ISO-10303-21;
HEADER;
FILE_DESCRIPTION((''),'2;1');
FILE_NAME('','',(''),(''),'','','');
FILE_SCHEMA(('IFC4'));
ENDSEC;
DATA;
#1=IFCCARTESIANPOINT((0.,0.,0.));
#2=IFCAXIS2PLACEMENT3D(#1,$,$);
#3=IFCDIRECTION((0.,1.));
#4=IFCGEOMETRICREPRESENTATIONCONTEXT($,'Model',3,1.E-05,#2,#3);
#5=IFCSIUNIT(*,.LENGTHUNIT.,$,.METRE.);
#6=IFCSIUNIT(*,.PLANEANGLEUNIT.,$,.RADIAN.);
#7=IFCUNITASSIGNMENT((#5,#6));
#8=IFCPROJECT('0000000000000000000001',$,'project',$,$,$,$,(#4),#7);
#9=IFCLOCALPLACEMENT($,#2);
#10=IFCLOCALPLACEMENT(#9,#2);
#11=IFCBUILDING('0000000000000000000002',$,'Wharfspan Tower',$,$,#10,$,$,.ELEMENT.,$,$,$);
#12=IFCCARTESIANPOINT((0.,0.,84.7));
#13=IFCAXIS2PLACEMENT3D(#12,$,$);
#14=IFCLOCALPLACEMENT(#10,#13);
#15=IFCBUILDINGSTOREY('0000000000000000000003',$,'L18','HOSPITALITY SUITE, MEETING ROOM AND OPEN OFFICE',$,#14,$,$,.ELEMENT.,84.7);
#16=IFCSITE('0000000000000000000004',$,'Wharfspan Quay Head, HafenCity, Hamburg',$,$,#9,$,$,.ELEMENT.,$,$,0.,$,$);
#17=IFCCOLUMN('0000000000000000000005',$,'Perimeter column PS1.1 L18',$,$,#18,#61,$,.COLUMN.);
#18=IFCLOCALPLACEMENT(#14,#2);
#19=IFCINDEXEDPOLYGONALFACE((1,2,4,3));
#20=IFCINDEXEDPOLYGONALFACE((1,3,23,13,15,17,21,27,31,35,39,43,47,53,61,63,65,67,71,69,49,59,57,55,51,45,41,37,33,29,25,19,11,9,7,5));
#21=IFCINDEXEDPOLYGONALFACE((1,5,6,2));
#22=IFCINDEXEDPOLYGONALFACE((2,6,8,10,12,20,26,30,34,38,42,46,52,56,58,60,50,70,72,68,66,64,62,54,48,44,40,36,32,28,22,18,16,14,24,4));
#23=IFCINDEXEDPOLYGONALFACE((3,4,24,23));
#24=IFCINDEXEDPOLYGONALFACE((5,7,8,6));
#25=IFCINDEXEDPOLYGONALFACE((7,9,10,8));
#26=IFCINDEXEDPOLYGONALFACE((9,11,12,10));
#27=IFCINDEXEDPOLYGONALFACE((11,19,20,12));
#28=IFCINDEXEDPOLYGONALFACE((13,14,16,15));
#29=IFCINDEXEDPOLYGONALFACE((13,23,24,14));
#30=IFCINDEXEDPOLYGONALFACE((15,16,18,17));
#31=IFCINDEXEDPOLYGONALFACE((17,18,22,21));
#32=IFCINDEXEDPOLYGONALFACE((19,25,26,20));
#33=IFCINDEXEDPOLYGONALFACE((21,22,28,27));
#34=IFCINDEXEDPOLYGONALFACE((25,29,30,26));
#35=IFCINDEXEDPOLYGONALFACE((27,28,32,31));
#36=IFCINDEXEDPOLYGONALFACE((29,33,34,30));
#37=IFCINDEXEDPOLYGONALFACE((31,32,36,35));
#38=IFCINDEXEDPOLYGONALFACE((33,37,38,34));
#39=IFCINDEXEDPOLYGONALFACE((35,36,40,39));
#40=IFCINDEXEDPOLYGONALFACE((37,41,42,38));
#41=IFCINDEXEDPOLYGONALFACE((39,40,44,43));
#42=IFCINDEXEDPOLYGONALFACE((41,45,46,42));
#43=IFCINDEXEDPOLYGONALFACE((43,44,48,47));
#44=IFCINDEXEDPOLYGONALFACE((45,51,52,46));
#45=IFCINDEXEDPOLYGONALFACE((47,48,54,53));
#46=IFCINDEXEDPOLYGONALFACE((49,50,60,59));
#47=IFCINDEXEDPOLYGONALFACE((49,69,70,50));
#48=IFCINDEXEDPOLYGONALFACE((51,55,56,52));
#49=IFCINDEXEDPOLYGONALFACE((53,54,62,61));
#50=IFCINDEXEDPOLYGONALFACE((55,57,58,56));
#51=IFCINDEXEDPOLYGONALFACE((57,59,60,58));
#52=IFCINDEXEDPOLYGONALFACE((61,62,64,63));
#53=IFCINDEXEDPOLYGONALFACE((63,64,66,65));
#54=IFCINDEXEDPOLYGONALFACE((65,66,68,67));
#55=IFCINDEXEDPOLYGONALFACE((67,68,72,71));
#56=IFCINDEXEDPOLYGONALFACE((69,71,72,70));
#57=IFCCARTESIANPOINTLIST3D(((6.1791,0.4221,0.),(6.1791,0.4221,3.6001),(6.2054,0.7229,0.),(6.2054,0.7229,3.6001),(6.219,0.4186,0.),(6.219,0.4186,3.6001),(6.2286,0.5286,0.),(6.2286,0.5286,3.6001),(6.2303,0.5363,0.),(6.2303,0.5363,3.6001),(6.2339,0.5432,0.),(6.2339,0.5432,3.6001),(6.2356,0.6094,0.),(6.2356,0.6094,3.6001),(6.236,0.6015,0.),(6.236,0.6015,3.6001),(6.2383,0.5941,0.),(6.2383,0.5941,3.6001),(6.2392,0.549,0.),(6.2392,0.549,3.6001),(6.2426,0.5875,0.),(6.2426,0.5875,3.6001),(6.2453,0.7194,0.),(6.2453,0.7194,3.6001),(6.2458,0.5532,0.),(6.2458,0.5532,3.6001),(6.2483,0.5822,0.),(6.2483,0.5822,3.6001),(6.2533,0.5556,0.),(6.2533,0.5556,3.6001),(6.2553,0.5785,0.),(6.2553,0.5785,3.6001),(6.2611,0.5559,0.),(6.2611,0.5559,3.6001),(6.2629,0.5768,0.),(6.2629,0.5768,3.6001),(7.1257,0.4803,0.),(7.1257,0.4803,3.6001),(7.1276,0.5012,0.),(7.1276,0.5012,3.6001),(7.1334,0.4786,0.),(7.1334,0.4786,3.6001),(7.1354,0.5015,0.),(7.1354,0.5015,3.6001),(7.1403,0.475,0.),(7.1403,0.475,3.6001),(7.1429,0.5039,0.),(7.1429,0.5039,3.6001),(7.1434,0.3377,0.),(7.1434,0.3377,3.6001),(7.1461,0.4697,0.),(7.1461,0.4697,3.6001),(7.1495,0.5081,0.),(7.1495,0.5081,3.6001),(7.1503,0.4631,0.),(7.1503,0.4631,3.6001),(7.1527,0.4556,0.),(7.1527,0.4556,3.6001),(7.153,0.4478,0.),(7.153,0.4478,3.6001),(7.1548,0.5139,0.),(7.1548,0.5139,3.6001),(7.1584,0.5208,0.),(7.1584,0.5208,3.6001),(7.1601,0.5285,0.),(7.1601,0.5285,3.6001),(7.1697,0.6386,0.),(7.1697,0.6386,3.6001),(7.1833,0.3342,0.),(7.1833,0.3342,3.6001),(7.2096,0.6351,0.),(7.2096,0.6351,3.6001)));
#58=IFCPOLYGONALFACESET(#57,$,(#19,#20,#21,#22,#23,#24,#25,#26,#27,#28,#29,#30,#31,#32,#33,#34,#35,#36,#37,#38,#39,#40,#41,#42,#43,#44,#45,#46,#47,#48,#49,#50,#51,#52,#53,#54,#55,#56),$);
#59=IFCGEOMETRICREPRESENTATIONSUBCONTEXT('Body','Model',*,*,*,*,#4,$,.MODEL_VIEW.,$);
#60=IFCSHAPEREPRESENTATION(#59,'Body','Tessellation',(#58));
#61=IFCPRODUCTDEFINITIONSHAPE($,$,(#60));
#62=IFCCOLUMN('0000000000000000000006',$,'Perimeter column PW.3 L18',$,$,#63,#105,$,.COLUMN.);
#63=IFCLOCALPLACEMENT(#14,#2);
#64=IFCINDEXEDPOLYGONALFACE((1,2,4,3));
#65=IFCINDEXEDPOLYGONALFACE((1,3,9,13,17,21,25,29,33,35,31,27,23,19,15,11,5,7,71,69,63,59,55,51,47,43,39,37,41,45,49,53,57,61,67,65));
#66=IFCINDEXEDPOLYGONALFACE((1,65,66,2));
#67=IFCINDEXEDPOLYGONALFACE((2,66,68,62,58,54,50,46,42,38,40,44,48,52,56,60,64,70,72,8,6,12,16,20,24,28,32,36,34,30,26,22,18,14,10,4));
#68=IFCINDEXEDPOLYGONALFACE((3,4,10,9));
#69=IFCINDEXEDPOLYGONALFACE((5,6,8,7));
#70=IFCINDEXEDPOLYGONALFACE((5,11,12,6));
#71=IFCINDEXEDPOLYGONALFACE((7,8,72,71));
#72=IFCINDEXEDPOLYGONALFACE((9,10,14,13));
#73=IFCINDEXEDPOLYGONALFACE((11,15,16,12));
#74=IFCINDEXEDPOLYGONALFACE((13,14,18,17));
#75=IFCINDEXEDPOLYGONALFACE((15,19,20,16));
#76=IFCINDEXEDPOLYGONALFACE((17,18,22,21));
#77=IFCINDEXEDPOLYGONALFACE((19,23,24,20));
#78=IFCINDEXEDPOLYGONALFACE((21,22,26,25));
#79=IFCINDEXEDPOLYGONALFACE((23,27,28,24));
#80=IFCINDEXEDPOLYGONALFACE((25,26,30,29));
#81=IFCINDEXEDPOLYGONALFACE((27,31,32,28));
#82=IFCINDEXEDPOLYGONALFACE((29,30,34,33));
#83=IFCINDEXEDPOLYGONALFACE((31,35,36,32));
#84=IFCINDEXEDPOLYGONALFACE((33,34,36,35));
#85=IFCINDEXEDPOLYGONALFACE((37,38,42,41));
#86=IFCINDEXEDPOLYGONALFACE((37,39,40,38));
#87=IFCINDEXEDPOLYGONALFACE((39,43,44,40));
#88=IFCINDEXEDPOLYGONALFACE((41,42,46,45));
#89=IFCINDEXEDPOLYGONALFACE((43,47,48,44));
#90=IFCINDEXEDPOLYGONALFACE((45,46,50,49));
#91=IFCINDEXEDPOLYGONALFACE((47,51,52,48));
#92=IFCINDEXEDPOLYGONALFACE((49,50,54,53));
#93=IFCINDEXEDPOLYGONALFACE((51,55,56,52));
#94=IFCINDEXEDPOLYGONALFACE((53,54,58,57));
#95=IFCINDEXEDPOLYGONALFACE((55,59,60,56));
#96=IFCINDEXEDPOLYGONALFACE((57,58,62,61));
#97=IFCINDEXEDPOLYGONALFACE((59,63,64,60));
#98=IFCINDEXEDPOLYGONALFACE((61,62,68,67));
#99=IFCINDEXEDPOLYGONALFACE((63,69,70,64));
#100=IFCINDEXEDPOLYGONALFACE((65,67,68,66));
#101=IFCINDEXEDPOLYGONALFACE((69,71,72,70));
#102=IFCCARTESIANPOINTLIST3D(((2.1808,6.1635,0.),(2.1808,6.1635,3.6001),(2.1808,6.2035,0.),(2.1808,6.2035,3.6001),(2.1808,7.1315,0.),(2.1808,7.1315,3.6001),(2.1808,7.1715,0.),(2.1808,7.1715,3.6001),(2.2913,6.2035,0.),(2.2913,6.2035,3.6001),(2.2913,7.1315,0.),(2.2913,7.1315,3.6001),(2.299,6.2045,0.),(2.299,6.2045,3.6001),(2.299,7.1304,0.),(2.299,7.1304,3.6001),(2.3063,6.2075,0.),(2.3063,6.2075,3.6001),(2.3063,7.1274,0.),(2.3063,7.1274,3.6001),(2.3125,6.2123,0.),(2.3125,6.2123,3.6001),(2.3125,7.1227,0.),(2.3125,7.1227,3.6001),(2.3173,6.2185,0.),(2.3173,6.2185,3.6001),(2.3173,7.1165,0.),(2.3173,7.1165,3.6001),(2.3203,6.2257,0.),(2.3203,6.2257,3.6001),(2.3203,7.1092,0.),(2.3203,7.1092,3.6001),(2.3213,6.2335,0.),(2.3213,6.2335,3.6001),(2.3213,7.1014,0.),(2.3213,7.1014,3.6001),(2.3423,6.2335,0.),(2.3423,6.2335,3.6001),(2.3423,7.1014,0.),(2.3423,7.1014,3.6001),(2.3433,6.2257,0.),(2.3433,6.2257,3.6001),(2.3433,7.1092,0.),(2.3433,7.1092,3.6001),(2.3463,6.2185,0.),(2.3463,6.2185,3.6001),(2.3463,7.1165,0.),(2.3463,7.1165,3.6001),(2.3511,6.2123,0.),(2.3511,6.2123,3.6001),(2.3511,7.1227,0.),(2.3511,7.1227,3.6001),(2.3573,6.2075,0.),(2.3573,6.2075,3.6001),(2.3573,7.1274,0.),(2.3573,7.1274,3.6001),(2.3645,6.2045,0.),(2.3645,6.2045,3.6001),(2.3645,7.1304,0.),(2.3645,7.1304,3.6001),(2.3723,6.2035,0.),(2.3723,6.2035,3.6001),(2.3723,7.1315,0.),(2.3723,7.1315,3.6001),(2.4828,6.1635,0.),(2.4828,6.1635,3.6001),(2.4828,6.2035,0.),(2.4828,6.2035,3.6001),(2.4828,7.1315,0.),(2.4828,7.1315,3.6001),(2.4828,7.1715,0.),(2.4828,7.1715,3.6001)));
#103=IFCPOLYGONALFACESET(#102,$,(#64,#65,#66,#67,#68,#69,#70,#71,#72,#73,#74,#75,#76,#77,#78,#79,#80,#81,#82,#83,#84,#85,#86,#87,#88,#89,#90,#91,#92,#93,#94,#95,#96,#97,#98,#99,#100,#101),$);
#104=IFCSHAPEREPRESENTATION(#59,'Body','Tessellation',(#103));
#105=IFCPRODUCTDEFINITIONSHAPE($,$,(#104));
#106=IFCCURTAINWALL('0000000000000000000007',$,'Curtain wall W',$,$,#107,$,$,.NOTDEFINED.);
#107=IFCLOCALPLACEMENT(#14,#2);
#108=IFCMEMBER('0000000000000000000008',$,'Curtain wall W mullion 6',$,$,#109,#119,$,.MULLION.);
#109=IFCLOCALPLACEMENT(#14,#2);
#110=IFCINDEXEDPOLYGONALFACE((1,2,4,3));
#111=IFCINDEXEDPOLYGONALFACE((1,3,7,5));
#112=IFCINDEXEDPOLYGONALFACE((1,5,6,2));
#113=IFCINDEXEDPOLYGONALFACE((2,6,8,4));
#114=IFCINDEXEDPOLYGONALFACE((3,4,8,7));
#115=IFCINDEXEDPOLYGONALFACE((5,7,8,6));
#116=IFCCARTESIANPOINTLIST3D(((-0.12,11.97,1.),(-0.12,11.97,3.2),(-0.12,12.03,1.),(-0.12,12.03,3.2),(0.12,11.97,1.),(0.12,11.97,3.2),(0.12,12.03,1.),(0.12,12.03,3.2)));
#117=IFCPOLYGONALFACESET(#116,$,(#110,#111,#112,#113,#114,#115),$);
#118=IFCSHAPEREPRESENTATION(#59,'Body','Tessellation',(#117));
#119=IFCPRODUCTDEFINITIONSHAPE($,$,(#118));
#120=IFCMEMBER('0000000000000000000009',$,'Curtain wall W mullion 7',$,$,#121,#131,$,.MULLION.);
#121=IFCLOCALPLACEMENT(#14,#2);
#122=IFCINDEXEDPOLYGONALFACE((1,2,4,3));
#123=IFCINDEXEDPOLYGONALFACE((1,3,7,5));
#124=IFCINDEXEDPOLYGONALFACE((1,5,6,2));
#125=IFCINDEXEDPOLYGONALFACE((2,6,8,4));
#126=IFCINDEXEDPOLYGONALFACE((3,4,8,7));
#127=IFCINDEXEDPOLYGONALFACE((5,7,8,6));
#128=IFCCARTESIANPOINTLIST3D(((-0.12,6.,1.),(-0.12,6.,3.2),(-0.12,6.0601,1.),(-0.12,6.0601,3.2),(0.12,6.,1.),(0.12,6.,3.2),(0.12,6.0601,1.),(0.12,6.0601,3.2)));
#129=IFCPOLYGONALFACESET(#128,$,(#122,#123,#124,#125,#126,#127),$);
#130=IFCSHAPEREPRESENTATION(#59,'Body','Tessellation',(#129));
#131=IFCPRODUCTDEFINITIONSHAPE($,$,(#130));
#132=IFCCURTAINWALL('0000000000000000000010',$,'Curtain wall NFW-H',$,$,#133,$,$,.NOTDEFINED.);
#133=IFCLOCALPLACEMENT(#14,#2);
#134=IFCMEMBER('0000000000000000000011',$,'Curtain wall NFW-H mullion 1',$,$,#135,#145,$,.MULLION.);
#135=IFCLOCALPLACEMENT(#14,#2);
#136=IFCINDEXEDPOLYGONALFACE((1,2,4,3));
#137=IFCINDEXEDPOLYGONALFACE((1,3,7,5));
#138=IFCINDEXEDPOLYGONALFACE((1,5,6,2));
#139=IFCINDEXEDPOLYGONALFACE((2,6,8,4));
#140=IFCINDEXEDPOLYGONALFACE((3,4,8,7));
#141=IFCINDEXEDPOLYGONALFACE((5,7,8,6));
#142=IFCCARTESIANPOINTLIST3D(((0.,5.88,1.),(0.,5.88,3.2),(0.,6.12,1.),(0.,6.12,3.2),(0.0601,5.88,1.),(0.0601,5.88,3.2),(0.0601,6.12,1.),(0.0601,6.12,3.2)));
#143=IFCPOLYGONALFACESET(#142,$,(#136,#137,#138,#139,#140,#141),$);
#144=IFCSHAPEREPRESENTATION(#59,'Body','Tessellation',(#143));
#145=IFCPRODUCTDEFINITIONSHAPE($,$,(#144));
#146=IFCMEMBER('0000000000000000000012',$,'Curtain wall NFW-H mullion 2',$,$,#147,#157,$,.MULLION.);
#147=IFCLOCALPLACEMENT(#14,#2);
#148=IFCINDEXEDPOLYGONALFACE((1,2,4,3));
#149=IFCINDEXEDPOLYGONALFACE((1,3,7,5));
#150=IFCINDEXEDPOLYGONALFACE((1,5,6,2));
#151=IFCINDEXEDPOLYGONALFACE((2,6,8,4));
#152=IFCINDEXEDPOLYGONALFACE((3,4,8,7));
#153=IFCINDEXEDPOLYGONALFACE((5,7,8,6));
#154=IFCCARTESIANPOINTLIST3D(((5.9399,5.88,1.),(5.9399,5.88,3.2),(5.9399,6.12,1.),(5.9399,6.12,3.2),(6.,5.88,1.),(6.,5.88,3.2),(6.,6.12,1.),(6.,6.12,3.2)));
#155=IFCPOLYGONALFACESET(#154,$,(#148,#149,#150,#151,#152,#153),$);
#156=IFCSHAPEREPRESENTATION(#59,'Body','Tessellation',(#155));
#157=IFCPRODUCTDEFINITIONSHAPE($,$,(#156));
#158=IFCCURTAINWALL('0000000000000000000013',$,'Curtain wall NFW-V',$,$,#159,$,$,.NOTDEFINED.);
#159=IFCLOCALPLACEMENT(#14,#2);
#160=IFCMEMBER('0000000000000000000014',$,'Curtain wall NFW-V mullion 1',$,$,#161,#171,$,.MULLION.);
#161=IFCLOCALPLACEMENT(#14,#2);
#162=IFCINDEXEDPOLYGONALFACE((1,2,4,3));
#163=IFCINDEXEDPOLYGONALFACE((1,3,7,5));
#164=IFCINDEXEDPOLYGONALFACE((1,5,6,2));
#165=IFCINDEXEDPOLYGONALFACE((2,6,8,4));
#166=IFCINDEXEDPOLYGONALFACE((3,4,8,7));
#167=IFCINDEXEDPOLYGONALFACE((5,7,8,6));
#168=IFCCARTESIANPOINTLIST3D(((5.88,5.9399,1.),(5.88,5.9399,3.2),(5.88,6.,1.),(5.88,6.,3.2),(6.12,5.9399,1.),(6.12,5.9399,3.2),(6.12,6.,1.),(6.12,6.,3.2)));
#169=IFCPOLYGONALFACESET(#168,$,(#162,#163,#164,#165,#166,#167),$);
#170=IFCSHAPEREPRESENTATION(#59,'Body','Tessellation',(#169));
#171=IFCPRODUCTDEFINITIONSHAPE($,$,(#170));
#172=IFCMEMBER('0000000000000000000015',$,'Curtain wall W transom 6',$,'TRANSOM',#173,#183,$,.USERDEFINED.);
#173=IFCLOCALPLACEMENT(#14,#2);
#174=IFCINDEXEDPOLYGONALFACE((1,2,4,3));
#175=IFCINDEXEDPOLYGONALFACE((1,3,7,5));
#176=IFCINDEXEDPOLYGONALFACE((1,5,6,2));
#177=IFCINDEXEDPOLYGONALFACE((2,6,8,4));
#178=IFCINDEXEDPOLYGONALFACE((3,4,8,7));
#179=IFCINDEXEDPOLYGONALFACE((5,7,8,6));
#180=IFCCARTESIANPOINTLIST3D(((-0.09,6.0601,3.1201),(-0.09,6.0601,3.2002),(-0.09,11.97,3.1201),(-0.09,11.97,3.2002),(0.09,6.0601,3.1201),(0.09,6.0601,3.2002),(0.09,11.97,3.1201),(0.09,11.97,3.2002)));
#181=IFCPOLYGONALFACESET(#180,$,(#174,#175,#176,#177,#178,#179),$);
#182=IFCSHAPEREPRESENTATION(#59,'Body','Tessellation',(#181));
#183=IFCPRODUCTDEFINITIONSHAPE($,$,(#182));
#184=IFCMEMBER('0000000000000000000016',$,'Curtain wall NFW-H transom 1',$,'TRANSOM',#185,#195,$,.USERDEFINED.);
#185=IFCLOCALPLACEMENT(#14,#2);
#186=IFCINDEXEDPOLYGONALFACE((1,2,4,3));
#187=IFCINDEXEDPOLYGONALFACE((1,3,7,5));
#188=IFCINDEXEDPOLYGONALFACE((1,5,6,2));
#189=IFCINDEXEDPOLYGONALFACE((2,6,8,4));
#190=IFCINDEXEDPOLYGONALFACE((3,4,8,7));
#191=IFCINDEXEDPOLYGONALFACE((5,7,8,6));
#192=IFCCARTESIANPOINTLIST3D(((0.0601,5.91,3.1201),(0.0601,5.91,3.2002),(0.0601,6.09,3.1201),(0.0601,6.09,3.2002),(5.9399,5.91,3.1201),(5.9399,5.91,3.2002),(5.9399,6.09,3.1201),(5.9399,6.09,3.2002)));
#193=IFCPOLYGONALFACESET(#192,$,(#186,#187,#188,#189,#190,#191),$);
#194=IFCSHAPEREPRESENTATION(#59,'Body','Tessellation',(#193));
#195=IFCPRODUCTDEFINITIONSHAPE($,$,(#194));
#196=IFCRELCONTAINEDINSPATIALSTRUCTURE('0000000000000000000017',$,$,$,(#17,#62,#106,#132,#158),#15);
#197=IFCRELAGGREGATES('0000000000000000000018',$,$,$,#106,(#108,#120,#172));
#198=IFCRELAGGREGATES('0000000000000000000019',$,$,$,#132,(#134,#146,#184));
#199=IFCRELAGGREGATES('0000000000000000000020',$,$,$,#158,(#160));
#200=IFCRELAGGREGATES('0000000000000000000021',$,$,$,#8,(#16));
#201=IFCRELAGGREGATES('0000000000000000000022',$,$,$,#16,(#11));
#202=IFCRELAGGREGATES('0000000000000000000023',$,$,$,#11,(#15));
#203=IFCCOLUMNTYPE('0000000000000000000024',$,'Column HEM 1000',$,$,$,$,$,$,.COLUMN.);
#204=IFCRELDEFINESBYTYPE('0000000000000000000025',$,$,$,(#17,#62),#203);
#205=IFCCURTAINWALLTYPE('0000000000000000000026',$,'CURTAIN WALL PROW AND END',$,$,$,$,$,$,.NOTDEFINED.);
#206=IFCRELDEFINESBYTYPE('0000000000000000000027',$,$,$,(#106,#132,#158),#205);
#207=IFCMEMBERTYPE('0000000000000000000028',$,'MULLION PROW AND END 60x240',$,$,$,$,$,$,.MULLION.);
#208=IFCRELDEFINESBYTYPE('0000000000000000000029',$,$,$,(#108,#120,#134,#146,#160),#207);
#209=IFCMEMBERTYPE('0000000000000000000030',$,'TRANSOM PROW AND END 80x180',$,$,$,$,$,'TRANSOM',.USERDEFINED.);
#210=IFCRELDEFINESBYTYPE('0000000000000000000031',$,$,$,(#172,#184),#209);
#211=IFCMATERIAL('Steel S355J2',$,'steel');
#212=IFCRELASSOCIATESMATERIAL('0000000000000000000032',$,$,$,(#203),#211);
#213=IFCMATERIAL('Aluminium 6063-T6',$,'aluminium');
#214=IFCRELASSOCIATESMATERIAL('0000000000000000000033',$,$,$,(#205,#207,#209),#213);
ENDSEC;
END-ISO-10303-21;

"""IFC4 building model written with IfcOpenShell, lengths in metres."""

from ifc_helpers import new_model, si_unit, direction, frame, origin, origin_2d, place, context, subcontext, project, spatial, rectangle, i_section, extrude, material, material_profile, profile_set, type_object, element, aggregate, save


model = new_model("IFC4")

# Units and contexts
model_context = context("Model", 3, precision=1e-05, world=origin(), true_north=direction((0.0, 1.0)))
body_context = subcontext(model_context, "Body", "Model", "MODEL_VIEW")
ifc_project = project(units=[si_unit("LENGTHUNIT", "METRE"), si_unit("PLANEANGLEUNIT", "RADIAN")], contexts=[model_context])

# Site, building, storey
site_placement = place(None, origin())
site = spatial("IfcSite", under=ifc_project, at=site_placement, Name="Wharfspan Quay Head, HafenCity, Hamburg", CompositionType="ELEMENT", RefElevation=0.0)
building_placement = place(site_placement, origin())
building = spatial("IfcBuilding", under=site, at=building_placement, Name="Wharfspan Tower", CompositionType="ELEMENT")
storey_placement = place(building_placement, frame((0.0, 0.0, 84.7)))
storey = spatial("IfcBuildingStorey", under=building, at=storey_placement, Name="L18", Description="HOSPITALITY SUITE, MEETING ROOM AND OPEN OFFICE", CompositionType="ELEMENT", Elevation=84.7)

# Columns
ifc_material_1 = material(Name="Steel S355J2", Category="steel")
ifc_material_profile_1 = material_profile(ifc_material_1, i_section(OverallWidth=0.302, OverallDepth=1.0081, WebThickness=0.021, FlangeThickness=0.04, FilletRadius=0.03, at=origin_2d()))
ifc_profile_set_1 = profile_set([ifc_material_profile_1], Name="Steel S355J2")
column_type = type_object("IfcColumnType", Name="Column HEM 1000", PredefinedType="COLUMN", material=ifc_profile_set_1)
for number, where, z_axis, x_axis, name in (
    (1, (6.6943, 0.5286, 0.0), (0.0, 0.0, 1.0), (-0.087156, -0.996198, 0.0), "Perimeter column PS1.1 L18"),
    (2, (2.3318, 6.6675, 0.0), (0.0, 0.0, 1.0), (-1.0, 0.0, 0.0), "Perimeter column PW.3 L18"),
):
    element("IfcColumn", number, at=place(storey_placement, frame(where, z_axis=z_axis, x_axis=x_axis)), inside=storey, type_object=column_type, Name=name, PredefinedType="COLUMN", context=body_context, shape_type="SweptSolid", body=[
        extrude(i_section(OverallWidth=0.302, OverallDepth=1.0081, WebThickness=0.021, FlangeThickness=0.04, FilletRadius=0.03, at=origin_2d()), origin(), (0.0, 0.0, 1.0), 3.6001),
    ])

# Curtain walls, members
ifc_material_2 = material(Name="Aluminium 6063-T6", Category="aluminium")
curtain_wall_type = type_object("IfcCurtainWallType", Name="CURTAIN WALL PROW AND END", PredefinedType="NOTDEFINED", material=ifc_material_2)
curtain_wall_1_placement = place(storey_placement, origin())
curtain_wall_1 = element("IfcCurtainWall", 3, at=curtain_wall_1_placement, inside=storey, type_object=curtain_wall_type, Name="Curtain wall W", PredefinedType="NOTDEFINED")
ifc_material_profile_2 = material_profile(ifc_material_2, rectangle(XDim=0.24, YDim=0.0601, at=origin_2d()))
ifc_profile_set_2 = profile_set([ifc_material_profile_2], Name="Aluminium 6063-T6")
member_type_1 = type_object("IfcMemberType", Name="MULLION PROW AND END 60x240", PredefinedType="MULLION", material=ifc_profile_set_2)
member_1_placement = place(storey_placement, frame((0.0, 12.0, 1.0), z_axis=(0.0, 0.0, 1.0), x_axis=(1.0, 0.0, 0.0)))
member_1 = element("IfcMember", 4, at=member_1_placement, type_object=member_type_1, Name="Curtain wall W mullion 6", PredefinedType="MULLION", context=body_context, shape_type="SweptSolid", body=[
    extrude(rectangle(XDim=0.24, YDim=0.0601, at=origin_2d()), origin(), (0.0, 0.0, 1.0), 2.2),
])
member_2_placement = place(storey_placement, frame((0.0, 6.03, 1.0), z_axis=(0.0, 0.0, 1.0), x_axis=(1.0, 0.0, 0.0)))
member_2 = element("IfcMember", 5, at=member_2_placement, type_object=member_type_1, Name="Curtain wall W mullion 7", PredefinedType="MULLION", context=body_context, shape_type="SweptSolid", body=[
    extrude(rectangle(XDim=0.24, YDim=0.0601, at=origin_2d()), origin(), (0.0, 0.0, 1.0), 2.2),
])
curtain_wall_2_placement = place(storey_placement, origin())
curtain_wall_2 = element("IfcCurtainWall", 6, at=curtain_wall_2_placement, inside=storey, type_object=curtain_wall_type, Name="Curtain wall NFW-H", PredefinedType="NOTDEFINED")
member_3_placement = place(storey_placement, frame((0.03, 6.0, 1.0), z_axis=(0.0, 0.0, 1.0), x_axis=(0.0, 1.0, 0.0)))
member_3 = element("IfcMember", 7, at=member_3_placement, type_object=member_type_1, Name="Curtain wall NFW-H mullion 1", PredefinedType="MULLION", context=body_context, shape_type="SweptSolid", body=[
    extrude(rectangle(XDim=0.24, YDim=0.0601, at=origin_2d()), origin(), (0.0, 0.0, 1.0), 2.2),
])
member_4_placement = place(storey_placement, frame((5.97, 6.0, 1.0), z_axis=(0.0, 0.0, 1.0), x_axis=(0.0, 1.0, 0.0)))
member_4 = element("IfcMember", 8, at=member_4_placement, type_object=member_type_1, Name="Curtain wall NFW-H mullion 2", PredefinedType="MULLION", context=body_context, shape_type="SweptSolid", body=[
    extrude(rectangle(XDim=0.24, YDim=0.0601, at=origin_2d()), origin(), (0.0, 0.0, 1.0), 2.2),
])

# Curtain wall, member
curtain_wall_3_placement = place(storey_placement, origin())
curtain_wall_3 = element("IfcCurtainWall", 9, at=curtain_wall_3_placement, inside=storey, type_object=curtain_wall_type, Name="Curtain wall NFW-V", PredefinedType="NOTDEFINED")
member_5_placement = place(storey_placement, frame((6.0, 5.97, 1.0), z_axis=(0.0, 0.0, 1.0), x_axis=(1.0, 0.0, 0.0)))
member_5 = element("IfcMember", 10, at=member_5_placement, type_object=member_type_1, Name="Curtain wall NFW-V mullion 1", PredefinedType="MULLION", context=body_context, shape_type="SweptSolid", body=[
    extrude(rectangle(XDim=0.24, YDim=0.0601, at=origin_2d()), origin(), (0.0, 0.0, 1.0), 2.2),
])

# Members
ifc_material_profile_3 = material_profile(ifc_material_2, rectangle(XDim=0.1799, YDim=0.0801, at=origin_2d()))
ifc_profile_set_3 = profile_set([ifc_material_profile_3], Name="Aluminium 6063-T6")
member_type_2 = type_object("IfcMemberType", Name="TRANSOM PROW AND END 80x180", ElementType="TRANSOM", PredefinedType="USERDEFINED", material=ifc_profile_set_3)
member_6_placement = place(storey_placement, frame((0.0, 11.97, 3.1602), z_axis=(0.0, -1.0, 0.0), x_axis=(1.0, 0.0, 0.0)))
member_6 = element("IfcMember", 11, at=member_6_placement, type_object=member_type_2, Name="Curtain wall W transom 6", ObjectType="TRANSOM", PredefinedType="USERDEFINED", context=body_context, shape_type="SweptSolid", body=[
    extrude(rectangle(XDim=0.1799, YDim=0.0801, at=origin_2d()), origin(), (0.0, 0.0, 1.0), 5.9099),
])
member_7_placement = place(storey_placement, frame((0.0601, 6.0, 3.1602), z_axis=(1.0, 0.0, 0.0), x_axis=(0.0, 1.0, 0.0)))
member_7 = element("IfcMember", 12, at=member_7_placement, type_object=member_type_2, Name="Curtain wall NFW-H transom 1", ObjectType="TRANSOM", PredefinedType="USERDEFINED", context=body_context, shape_type="SweptSolid", body=[
    extrude(rectangle(XDim=0.1799, YDim=0.0801, at=origin_2d()), origin(), (0.0, 0.0, 1.0), 5.8799),
])

aggregate(curtain_wall_1, [member_1, member_2, member_6])
aggregate(curtain_wall_2, [member_3, member_4, member_7])
aggregate(curtain_wall_3, [member_5])

save(model, "model.ifc")
